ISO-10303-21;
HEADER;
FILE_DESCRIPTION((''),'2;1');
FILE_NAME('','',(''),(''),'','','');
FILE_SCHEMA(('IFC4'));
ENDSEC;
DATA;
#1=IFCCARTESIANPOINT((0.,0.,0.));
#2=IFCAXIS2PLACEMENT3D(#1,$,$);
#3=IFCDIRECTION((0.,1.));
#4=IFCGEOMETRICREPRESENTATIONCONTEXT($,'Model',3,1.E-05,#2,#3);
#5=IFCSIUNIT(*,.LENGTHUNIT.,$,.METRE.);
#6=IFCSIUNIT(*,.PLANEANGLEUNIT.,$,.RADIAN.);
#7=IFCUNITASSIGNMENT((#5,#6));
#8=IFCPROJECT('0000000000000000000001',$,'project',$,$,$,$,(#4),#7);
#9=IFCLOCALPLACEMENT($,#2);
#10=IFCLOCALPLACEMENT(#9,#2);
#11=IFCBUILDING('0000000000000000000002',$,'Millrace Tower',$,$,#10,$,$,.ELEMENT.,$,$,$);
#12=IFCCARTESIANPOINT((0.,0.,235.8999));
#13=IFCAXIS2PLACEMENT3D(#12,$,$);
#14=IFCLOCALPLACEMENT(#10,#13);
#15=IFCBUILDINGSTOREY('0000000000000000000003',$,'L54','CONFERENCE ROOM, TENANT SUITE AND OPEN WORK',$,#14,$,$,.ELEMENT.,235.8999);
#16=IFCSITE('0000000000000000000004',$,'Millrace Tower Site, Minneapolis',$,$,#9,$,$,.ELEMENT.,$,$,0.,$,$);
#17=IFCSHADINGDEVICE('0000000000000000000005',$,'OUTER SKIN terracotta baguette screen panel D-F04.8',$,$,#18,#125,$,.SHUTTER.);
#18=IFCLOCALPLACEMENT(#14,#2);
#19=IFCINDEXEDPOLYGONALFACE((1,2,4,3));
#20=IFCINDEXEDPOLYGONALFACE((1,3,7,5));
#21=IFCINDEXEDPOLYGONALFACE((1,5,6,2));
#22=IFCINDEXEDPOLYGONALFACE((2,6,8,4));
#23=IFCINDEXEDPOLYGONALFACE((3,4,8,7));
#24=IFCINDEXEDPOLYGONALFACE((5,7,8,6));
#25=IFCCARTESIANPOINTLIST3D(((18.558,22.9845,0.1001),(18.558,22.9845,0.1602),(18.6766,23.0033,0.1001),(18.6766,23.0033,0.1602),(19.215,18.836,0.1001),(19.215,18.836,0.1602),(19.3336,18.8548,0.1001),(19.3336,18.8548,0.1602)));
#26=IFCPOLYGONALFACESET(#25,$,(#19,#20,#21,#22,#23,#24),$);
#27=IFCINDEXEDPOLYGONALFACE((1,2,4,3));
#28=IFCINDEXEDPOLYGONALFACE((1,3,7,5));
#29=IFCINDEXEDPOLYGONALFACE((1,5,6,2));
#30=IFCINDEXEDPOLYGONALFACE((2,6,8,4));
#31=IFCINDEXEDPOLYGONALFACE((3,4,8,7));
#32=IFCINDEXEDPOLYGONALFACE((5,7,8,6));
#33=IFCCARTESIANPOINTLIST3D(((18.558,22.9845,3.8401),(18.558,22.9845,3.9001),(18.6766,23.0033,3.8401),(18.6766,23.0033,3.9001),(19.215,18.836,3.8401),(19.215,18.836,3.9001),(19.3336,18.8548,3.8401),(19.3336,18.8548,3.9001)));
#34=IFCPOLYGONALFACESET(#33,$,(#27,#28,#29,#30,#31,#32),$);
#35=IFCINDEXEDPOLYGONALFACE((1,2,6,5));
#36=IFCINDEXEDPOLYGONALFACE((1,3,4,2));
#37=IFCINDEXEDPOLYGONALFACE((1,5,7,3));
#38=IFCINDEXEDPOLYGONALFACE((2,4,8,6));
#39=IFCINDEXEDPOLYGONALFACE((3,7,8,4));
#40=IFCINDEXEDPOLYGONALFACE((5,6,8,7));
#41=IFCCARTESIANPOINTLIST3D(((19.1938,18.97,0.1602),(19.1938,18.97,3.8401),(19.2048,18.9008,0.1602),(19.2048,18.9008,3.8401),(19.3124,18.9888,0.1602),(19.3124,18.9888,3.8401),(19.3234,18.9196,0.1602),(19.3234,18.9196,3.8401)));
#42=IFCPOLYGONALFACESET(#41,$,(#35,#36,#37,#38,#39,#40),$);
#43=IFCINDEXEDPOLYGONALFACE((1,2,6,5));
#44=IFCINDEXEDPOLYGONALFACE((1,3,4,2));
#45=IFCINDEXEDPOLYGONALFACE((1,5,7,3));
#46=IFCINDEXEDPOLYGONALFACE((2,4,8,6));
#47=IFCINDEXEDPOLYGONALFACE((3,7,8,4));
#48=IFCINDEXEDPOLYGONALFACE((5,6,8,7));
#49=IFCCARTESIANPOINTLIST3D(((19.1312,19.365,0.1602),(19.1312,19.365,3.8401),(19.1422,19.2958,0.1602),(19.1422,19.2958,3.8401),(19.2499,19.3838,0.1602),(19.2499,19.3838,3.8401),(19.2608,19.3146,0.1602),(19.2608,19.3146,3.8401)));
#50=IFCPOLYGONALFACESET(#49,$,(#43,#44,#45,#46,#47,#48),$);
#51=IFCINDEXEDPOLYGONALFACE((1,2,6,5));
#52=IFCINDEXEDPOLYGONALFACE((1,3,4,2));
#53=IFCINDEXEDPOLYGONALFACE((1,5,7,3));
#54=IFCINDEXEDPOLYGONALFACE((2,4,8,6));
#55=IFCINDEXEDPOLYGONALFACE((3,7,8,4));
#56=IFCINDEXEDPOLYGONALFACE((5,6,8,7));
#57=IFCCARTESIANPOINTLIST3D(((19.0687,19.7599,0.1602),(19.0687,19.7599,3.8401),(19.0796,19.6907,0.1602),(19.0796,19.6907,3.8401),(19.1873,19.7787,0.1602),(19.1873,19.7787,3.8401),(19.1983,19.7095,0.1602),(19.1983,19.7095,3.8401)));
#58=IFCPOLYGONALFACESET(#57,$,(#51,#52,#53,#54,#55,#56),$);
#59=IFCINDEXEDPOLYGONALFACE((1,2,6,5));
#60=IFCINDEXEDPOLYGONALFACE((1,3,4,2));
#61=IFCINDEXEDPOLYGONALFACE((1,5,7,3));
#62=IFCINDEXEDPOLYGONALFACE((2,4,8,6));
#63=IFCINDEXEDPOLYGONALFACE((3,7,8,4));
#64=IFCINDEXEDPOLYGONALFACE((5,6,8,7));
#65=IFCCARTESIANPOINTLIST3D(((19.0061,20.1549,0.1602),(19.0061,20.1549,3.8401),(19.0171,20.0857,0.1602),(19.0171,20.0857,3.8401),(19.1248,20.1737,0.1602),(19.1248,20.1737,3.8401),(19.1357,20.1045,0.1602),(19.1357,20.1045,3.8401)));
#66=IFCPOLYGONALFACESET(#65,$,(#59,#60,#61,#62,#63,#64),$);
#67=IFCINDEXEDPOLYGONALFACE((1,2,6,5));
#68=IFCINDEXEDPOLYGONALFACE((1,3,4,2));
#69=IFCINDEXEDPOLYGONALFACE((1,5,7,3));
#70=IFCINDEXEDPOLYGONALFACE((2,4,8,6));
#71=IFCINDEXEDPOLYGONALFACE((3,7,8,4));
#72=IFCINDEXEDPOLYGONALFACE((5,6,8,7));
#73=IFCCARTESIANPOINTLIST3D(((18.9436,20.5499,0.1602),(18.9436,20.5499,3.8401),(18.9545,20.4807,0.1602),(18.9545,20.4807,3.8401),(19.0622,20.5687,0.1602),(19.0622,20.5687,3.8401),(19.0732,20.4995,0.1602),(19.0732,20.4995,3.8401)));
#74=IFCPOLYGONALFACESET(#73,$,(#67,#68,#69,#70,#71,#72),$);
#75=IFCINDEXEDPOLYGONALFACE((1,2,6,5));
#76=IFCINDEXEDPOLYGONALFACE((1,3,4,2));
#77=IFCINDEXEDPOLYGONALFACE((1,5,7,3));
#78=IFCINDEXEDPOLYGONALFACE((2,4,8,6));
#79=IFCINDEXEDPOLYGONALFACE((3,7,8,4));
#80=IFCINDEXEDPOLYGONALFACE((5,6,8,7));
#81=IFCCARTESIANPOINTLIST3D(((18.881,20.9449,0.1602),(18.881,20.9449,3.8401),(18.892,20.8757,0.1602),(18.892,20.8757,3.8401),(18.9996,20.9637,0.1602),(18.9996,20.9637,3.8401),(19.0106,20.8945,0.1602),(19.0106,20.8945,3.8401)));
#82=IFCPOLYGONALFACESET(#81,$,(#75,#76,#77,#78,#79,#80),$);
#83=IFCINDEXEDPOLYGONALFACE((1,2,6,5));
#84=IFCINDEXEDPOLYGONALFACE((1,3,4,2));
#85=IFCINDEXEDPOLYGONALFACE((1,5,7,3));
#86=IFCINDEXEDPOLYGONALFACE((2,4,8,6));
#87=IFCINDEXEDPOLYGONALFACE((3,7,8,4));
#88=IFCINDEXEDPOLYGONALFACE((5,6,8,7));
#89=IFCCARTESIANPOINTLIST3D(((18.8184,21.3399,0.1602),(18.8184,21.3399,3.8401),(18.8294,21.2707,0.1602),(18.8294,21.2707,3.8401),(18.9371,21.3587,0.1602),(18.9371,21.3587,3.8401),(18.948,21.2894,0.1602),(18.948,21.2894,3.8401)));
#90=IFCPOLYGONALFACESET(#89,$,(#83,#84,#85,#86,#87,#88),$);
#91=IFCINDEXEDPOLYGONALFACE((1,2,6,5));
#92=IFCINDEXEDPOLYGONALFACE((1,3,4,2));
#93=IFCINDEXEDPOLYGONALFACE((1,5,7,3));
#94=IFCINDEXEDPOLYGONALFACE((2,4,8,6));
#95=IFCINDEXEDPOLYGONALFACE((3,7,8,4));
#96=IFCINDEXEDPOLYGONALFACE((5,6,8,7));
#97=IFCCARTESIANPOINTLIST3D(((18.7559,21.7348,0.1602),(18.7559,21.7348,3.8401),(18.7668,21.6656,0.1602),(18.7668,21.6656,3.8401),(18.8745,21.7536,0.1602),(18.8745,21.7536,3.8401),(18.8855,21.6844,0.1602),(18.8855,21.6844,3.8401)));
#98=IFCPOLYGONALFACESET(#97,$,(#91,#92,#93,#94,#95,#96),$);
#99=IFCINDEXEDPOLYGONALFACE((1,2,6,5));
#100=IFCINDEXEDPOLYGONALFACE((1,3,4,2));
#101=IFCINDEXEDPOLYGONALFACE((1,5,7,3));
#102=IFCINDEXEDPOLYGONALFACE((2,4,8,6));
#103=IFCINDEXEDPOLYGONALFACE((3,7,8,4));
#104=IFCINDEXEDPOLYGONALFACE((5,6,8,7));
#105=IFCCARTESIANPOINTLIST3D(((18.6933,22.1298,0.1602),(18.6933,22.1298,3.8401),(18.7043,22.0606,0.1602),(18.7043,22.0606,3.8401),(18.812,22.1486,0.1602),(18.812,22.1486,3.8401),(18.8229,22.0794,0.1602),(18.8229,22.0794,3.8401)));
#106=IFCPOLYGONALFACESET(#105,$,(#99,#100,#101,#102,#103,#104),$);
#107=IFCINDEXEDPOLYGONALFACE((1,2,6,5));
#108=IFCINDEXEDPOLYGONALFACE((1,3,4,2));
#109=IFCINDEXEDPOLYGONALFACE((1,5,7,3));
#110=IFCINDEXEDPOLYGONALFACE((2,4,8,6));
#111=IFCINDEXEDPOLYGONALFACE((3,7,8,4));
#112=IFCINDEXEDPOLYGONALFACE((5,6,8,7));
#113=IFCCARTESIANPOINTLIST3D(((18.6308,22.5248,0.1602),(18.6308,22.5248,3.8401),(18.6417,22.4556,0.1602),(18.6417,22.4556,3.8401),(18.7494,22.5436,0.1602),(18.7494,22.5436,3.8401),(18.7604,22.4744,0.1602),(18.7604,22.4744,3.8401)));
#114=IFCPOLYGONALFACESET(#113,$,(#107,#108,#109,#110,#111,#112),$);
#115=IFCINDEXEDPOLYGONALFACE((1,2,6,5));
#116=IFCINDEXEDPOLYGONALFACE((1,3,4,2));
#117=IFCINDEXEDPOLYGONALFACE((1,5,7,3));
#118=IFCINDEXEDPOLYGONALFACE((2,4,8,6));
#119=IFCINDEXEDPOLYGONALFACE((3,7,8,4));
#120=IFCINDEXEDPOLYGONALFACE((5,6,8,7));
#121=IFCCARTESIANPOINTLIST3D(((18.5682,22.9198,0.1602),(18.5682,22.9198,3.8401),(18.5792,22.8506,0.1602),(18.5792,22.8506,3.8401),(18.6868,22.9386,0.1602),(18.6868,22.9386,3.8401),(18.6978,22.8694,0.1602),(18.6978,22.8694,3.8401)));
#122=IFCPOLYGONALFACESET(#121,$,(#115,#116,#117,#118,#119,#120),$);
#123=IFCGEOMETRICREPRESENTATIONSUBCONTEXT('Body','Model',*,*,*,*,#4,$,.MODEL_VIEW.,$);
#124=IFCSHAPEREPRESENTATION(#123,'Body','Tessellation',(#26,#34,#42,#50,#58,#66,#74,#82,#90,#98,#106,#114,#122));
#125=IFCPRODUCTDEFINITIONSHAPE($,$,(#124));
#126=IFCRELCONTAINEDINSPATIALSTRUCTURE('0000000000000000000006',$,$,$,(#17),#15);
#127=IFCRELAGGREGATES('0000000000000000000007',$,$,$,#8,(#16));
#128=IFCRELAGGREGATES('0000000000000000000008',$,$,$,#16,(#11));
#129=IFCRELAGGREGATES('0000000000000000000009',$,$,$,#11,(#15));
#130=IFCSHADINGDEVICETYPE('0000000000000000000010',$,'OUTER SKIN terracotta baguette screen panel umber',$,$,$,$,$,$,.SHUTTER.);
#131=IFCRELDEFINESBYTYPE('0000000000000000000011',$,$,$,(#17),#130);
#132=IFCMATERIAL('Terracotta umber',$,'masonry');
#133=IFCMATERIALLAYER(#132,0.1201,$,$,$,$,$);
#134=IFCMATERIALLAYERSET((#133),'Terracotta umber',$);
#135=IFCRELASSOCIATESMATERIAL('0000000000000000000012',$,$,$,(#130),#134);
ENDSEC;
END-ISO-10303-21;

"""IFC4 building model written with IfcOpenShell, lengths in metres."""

from ifc_helpers import new_model, entity, si_unit, direction, frame, frame_2d, origin, origin_2d, place, context, subcontext, project, spatial, rectangle, extrude, source, transform, mapped, material, layer, layer_set, type_object, element, save


model = new_model("IFC4")

# Units and contexts
model_context = context("Model", 3, precision=1e-05, world=origin(), true_north=direction((0.0, 1.0)))
body_context = subcontext(model_context, "Body", "Model", "MODEL_VIEW")
ifc_project = project(units=[si_unit("LENGTHUNIT", "METRE"), si_unit("PLANEANGLEUNIT", "RADIAN")], contexts=[model_context])

# Site, building, storey
site_placement = place(None, origin())
site = spatial("IfcSite", under=ifc_project, at=site_placement, Name="Millrace Tower Site, Minneapolis", CompositionType="ELEMENT", RefElevation=0.0)
building_placement = place(site_placement, origin())
building = spatial("IfcBuilding", under=site, at=building_placement, Name="Millrace Tower", CompositionType="ELEMENT")
storey_placement = place(building_placement, frame((0.0, 0.0, 235.8999)))
storey = spatial("IfcBuildingStorey", under=building, at=storey_placement, Name="L54", Description="CONFERENCE ROOM, TENANT SUITE AND OPEN WORK", CompositionType="ELEMENT", Elevation=235.8999)

# Shading device
ifc_material_1 = material(Name="Terracotta umber", Category="masonry")
ifc_layer_1 = layer(ifc_material_1, 0.1201)
ifc_layer_set_1 = layer_set([ifc_layer_1], Name="Terracotta umber")
shading_device_type = type_object("IfcShadingDeviceType", Name="OUTER SKIN terracotta baguette screen panel umber", PredefinedType="SHUTTER", material=ifc_layer_set_1)
cartesian_point = entity("IfcCartesianPoint", [-2.1001, 0.0601])
shared_polyline = entity("IfcPolyline", [cartesian_point, entity("IfcCartesianPoint", [2.1001, 0.0601]), entity("IfcCartesianPoint", [2.1001, -0.0601]), entity("IfcCartesianPoint", [-2.1001, -0.0601]), cartesian_point])
shared_shape = source(origin(), body_context, "Body", "SweptSolid", [
    entity("IfcExtrudedAreaSolid", entity("IfcArbitraryClosedProfileDef", "AREA", None, shared_polyline), entity("IfcAxis2Placement3D", entity("IfcCartesianPoint", [0.0, 0.0, 0.0])), entity("IfcDirection", [0.0, 0.0, 1.0]), 0.0601),
    entity("IfcExtrudedAreaSolid", entity("IfcArbitraryClosedProfileDef", "AREA", None, shared_polyline), entity("IfcAxis2Placement3D", entity("IfcCartesianPoint", [0.0, 0.0, 3.74])), entity("IfcDirection", [0.0, 0.0, 1.0]), 0.0601),
    extrude(rectangle(XDim=0.0701, YDim=0.1201, at=frame_2d((-1.9995, 0.0))), frame((0.0, 0.0, 0.0601)), (0.0, 0.0, 1.0), 3.6799),
    extrude(rectangle(XDim=0.0701, YDim=0.1201, at=frame_2d((-1.5996, 0.0))), frame((0.0, 0.0, 0.0601)), (0.0, 0.0, 1.0), 3.6799),
    extrude(rectangle(XDim=0.0701, YDim=0.1201, at=frame_2d((-1.1997, 0.0))), frame((0.0, 0.0, 0.0601)), (0.0, 0.0, 1.0), 3.6799),
    extrude(rectangle(XDim=0.0701, YDim=0.1201, at=frame_2d((-0.7998, 0.0))), frame((0.0, 0.0, 0.0601)), (0.0, 0.0, 1.0), 3.6799),
    extrude(rectangle(XDim=0.0701, YDim=0.1201, at=frame_2d((-0.3999, 0.0))), frame((0.0, 0.0, 0.0601)), (0.0, 0.0, 1.0), 3.6799),
    extrude(rectangle(XDim=0.0701, YDim=0.1201, at=origin_2d()), frame((0.0, 0.0, 0.0601)), (0.0, 0.0, 1.0), 3.6799),
    extrude(rectangle(XDim=0.0701, YDim=0.1201, at=frame_2d((0.3999, 0.0))), frame((0.0, 0.0, 0.0601)), (0.0, 0.0, 1.0), 3.6799),
    extrude(rectangle(XDim=0.0701, YDim=0.1201, at=frame_2d((0.7998, 0.0))), frame((0.0, 0.0, 0.0601)), (0.0, 0.0, 1.0), 3.6799),
    extrude(rectangle(XDim=0.0701, YDim=0.1201, at=frame_2d((1.1997, 0.0))), frame((0.0, 0.0, 0.0601)), (0.0, 0.0, 1.0), 3.6799),
    extrude(rectangle(XDim=0.0701, YDim=0.1201, at=frame_2d((1.5996, 0.0))), frame((0.0, 0.0, 0.0601)), (0.0, 0.0, 1.0), 3.6799),
    extrude(rectangle(XDim=0.0701, YDim=0.1201, at=frame_2d((1.9995, 0.0))), frame((0.0, 0.0, 0.0601)), (0.0, 0.0, 1.0), 3.6799),
])
for number, where, z_axis, x_axis, name in (
    (1, (18.9458, 20.9197, 0.1001), (0.0, 0.0, 1.0), (-0.156434, 0.987688, 0.0), "OUTER SKIN terracotta baguette screen panel D-F04.8"),
):
    element("IfcShadingDevice", number, at=place(storey_placement, frame(where, z_axis=z_axis, x_axis=x_axis)), inside=storey, type_object=shading_device_type, Name=name, PredefinedType="SHUTTER", context=body_context, shape_type="MappedRepresentation", body=[
        mapped(shared_shape, transform((0.0, 0.0, 0.0), scale=1.0)),
    ])

save(model, "model.ifc")
